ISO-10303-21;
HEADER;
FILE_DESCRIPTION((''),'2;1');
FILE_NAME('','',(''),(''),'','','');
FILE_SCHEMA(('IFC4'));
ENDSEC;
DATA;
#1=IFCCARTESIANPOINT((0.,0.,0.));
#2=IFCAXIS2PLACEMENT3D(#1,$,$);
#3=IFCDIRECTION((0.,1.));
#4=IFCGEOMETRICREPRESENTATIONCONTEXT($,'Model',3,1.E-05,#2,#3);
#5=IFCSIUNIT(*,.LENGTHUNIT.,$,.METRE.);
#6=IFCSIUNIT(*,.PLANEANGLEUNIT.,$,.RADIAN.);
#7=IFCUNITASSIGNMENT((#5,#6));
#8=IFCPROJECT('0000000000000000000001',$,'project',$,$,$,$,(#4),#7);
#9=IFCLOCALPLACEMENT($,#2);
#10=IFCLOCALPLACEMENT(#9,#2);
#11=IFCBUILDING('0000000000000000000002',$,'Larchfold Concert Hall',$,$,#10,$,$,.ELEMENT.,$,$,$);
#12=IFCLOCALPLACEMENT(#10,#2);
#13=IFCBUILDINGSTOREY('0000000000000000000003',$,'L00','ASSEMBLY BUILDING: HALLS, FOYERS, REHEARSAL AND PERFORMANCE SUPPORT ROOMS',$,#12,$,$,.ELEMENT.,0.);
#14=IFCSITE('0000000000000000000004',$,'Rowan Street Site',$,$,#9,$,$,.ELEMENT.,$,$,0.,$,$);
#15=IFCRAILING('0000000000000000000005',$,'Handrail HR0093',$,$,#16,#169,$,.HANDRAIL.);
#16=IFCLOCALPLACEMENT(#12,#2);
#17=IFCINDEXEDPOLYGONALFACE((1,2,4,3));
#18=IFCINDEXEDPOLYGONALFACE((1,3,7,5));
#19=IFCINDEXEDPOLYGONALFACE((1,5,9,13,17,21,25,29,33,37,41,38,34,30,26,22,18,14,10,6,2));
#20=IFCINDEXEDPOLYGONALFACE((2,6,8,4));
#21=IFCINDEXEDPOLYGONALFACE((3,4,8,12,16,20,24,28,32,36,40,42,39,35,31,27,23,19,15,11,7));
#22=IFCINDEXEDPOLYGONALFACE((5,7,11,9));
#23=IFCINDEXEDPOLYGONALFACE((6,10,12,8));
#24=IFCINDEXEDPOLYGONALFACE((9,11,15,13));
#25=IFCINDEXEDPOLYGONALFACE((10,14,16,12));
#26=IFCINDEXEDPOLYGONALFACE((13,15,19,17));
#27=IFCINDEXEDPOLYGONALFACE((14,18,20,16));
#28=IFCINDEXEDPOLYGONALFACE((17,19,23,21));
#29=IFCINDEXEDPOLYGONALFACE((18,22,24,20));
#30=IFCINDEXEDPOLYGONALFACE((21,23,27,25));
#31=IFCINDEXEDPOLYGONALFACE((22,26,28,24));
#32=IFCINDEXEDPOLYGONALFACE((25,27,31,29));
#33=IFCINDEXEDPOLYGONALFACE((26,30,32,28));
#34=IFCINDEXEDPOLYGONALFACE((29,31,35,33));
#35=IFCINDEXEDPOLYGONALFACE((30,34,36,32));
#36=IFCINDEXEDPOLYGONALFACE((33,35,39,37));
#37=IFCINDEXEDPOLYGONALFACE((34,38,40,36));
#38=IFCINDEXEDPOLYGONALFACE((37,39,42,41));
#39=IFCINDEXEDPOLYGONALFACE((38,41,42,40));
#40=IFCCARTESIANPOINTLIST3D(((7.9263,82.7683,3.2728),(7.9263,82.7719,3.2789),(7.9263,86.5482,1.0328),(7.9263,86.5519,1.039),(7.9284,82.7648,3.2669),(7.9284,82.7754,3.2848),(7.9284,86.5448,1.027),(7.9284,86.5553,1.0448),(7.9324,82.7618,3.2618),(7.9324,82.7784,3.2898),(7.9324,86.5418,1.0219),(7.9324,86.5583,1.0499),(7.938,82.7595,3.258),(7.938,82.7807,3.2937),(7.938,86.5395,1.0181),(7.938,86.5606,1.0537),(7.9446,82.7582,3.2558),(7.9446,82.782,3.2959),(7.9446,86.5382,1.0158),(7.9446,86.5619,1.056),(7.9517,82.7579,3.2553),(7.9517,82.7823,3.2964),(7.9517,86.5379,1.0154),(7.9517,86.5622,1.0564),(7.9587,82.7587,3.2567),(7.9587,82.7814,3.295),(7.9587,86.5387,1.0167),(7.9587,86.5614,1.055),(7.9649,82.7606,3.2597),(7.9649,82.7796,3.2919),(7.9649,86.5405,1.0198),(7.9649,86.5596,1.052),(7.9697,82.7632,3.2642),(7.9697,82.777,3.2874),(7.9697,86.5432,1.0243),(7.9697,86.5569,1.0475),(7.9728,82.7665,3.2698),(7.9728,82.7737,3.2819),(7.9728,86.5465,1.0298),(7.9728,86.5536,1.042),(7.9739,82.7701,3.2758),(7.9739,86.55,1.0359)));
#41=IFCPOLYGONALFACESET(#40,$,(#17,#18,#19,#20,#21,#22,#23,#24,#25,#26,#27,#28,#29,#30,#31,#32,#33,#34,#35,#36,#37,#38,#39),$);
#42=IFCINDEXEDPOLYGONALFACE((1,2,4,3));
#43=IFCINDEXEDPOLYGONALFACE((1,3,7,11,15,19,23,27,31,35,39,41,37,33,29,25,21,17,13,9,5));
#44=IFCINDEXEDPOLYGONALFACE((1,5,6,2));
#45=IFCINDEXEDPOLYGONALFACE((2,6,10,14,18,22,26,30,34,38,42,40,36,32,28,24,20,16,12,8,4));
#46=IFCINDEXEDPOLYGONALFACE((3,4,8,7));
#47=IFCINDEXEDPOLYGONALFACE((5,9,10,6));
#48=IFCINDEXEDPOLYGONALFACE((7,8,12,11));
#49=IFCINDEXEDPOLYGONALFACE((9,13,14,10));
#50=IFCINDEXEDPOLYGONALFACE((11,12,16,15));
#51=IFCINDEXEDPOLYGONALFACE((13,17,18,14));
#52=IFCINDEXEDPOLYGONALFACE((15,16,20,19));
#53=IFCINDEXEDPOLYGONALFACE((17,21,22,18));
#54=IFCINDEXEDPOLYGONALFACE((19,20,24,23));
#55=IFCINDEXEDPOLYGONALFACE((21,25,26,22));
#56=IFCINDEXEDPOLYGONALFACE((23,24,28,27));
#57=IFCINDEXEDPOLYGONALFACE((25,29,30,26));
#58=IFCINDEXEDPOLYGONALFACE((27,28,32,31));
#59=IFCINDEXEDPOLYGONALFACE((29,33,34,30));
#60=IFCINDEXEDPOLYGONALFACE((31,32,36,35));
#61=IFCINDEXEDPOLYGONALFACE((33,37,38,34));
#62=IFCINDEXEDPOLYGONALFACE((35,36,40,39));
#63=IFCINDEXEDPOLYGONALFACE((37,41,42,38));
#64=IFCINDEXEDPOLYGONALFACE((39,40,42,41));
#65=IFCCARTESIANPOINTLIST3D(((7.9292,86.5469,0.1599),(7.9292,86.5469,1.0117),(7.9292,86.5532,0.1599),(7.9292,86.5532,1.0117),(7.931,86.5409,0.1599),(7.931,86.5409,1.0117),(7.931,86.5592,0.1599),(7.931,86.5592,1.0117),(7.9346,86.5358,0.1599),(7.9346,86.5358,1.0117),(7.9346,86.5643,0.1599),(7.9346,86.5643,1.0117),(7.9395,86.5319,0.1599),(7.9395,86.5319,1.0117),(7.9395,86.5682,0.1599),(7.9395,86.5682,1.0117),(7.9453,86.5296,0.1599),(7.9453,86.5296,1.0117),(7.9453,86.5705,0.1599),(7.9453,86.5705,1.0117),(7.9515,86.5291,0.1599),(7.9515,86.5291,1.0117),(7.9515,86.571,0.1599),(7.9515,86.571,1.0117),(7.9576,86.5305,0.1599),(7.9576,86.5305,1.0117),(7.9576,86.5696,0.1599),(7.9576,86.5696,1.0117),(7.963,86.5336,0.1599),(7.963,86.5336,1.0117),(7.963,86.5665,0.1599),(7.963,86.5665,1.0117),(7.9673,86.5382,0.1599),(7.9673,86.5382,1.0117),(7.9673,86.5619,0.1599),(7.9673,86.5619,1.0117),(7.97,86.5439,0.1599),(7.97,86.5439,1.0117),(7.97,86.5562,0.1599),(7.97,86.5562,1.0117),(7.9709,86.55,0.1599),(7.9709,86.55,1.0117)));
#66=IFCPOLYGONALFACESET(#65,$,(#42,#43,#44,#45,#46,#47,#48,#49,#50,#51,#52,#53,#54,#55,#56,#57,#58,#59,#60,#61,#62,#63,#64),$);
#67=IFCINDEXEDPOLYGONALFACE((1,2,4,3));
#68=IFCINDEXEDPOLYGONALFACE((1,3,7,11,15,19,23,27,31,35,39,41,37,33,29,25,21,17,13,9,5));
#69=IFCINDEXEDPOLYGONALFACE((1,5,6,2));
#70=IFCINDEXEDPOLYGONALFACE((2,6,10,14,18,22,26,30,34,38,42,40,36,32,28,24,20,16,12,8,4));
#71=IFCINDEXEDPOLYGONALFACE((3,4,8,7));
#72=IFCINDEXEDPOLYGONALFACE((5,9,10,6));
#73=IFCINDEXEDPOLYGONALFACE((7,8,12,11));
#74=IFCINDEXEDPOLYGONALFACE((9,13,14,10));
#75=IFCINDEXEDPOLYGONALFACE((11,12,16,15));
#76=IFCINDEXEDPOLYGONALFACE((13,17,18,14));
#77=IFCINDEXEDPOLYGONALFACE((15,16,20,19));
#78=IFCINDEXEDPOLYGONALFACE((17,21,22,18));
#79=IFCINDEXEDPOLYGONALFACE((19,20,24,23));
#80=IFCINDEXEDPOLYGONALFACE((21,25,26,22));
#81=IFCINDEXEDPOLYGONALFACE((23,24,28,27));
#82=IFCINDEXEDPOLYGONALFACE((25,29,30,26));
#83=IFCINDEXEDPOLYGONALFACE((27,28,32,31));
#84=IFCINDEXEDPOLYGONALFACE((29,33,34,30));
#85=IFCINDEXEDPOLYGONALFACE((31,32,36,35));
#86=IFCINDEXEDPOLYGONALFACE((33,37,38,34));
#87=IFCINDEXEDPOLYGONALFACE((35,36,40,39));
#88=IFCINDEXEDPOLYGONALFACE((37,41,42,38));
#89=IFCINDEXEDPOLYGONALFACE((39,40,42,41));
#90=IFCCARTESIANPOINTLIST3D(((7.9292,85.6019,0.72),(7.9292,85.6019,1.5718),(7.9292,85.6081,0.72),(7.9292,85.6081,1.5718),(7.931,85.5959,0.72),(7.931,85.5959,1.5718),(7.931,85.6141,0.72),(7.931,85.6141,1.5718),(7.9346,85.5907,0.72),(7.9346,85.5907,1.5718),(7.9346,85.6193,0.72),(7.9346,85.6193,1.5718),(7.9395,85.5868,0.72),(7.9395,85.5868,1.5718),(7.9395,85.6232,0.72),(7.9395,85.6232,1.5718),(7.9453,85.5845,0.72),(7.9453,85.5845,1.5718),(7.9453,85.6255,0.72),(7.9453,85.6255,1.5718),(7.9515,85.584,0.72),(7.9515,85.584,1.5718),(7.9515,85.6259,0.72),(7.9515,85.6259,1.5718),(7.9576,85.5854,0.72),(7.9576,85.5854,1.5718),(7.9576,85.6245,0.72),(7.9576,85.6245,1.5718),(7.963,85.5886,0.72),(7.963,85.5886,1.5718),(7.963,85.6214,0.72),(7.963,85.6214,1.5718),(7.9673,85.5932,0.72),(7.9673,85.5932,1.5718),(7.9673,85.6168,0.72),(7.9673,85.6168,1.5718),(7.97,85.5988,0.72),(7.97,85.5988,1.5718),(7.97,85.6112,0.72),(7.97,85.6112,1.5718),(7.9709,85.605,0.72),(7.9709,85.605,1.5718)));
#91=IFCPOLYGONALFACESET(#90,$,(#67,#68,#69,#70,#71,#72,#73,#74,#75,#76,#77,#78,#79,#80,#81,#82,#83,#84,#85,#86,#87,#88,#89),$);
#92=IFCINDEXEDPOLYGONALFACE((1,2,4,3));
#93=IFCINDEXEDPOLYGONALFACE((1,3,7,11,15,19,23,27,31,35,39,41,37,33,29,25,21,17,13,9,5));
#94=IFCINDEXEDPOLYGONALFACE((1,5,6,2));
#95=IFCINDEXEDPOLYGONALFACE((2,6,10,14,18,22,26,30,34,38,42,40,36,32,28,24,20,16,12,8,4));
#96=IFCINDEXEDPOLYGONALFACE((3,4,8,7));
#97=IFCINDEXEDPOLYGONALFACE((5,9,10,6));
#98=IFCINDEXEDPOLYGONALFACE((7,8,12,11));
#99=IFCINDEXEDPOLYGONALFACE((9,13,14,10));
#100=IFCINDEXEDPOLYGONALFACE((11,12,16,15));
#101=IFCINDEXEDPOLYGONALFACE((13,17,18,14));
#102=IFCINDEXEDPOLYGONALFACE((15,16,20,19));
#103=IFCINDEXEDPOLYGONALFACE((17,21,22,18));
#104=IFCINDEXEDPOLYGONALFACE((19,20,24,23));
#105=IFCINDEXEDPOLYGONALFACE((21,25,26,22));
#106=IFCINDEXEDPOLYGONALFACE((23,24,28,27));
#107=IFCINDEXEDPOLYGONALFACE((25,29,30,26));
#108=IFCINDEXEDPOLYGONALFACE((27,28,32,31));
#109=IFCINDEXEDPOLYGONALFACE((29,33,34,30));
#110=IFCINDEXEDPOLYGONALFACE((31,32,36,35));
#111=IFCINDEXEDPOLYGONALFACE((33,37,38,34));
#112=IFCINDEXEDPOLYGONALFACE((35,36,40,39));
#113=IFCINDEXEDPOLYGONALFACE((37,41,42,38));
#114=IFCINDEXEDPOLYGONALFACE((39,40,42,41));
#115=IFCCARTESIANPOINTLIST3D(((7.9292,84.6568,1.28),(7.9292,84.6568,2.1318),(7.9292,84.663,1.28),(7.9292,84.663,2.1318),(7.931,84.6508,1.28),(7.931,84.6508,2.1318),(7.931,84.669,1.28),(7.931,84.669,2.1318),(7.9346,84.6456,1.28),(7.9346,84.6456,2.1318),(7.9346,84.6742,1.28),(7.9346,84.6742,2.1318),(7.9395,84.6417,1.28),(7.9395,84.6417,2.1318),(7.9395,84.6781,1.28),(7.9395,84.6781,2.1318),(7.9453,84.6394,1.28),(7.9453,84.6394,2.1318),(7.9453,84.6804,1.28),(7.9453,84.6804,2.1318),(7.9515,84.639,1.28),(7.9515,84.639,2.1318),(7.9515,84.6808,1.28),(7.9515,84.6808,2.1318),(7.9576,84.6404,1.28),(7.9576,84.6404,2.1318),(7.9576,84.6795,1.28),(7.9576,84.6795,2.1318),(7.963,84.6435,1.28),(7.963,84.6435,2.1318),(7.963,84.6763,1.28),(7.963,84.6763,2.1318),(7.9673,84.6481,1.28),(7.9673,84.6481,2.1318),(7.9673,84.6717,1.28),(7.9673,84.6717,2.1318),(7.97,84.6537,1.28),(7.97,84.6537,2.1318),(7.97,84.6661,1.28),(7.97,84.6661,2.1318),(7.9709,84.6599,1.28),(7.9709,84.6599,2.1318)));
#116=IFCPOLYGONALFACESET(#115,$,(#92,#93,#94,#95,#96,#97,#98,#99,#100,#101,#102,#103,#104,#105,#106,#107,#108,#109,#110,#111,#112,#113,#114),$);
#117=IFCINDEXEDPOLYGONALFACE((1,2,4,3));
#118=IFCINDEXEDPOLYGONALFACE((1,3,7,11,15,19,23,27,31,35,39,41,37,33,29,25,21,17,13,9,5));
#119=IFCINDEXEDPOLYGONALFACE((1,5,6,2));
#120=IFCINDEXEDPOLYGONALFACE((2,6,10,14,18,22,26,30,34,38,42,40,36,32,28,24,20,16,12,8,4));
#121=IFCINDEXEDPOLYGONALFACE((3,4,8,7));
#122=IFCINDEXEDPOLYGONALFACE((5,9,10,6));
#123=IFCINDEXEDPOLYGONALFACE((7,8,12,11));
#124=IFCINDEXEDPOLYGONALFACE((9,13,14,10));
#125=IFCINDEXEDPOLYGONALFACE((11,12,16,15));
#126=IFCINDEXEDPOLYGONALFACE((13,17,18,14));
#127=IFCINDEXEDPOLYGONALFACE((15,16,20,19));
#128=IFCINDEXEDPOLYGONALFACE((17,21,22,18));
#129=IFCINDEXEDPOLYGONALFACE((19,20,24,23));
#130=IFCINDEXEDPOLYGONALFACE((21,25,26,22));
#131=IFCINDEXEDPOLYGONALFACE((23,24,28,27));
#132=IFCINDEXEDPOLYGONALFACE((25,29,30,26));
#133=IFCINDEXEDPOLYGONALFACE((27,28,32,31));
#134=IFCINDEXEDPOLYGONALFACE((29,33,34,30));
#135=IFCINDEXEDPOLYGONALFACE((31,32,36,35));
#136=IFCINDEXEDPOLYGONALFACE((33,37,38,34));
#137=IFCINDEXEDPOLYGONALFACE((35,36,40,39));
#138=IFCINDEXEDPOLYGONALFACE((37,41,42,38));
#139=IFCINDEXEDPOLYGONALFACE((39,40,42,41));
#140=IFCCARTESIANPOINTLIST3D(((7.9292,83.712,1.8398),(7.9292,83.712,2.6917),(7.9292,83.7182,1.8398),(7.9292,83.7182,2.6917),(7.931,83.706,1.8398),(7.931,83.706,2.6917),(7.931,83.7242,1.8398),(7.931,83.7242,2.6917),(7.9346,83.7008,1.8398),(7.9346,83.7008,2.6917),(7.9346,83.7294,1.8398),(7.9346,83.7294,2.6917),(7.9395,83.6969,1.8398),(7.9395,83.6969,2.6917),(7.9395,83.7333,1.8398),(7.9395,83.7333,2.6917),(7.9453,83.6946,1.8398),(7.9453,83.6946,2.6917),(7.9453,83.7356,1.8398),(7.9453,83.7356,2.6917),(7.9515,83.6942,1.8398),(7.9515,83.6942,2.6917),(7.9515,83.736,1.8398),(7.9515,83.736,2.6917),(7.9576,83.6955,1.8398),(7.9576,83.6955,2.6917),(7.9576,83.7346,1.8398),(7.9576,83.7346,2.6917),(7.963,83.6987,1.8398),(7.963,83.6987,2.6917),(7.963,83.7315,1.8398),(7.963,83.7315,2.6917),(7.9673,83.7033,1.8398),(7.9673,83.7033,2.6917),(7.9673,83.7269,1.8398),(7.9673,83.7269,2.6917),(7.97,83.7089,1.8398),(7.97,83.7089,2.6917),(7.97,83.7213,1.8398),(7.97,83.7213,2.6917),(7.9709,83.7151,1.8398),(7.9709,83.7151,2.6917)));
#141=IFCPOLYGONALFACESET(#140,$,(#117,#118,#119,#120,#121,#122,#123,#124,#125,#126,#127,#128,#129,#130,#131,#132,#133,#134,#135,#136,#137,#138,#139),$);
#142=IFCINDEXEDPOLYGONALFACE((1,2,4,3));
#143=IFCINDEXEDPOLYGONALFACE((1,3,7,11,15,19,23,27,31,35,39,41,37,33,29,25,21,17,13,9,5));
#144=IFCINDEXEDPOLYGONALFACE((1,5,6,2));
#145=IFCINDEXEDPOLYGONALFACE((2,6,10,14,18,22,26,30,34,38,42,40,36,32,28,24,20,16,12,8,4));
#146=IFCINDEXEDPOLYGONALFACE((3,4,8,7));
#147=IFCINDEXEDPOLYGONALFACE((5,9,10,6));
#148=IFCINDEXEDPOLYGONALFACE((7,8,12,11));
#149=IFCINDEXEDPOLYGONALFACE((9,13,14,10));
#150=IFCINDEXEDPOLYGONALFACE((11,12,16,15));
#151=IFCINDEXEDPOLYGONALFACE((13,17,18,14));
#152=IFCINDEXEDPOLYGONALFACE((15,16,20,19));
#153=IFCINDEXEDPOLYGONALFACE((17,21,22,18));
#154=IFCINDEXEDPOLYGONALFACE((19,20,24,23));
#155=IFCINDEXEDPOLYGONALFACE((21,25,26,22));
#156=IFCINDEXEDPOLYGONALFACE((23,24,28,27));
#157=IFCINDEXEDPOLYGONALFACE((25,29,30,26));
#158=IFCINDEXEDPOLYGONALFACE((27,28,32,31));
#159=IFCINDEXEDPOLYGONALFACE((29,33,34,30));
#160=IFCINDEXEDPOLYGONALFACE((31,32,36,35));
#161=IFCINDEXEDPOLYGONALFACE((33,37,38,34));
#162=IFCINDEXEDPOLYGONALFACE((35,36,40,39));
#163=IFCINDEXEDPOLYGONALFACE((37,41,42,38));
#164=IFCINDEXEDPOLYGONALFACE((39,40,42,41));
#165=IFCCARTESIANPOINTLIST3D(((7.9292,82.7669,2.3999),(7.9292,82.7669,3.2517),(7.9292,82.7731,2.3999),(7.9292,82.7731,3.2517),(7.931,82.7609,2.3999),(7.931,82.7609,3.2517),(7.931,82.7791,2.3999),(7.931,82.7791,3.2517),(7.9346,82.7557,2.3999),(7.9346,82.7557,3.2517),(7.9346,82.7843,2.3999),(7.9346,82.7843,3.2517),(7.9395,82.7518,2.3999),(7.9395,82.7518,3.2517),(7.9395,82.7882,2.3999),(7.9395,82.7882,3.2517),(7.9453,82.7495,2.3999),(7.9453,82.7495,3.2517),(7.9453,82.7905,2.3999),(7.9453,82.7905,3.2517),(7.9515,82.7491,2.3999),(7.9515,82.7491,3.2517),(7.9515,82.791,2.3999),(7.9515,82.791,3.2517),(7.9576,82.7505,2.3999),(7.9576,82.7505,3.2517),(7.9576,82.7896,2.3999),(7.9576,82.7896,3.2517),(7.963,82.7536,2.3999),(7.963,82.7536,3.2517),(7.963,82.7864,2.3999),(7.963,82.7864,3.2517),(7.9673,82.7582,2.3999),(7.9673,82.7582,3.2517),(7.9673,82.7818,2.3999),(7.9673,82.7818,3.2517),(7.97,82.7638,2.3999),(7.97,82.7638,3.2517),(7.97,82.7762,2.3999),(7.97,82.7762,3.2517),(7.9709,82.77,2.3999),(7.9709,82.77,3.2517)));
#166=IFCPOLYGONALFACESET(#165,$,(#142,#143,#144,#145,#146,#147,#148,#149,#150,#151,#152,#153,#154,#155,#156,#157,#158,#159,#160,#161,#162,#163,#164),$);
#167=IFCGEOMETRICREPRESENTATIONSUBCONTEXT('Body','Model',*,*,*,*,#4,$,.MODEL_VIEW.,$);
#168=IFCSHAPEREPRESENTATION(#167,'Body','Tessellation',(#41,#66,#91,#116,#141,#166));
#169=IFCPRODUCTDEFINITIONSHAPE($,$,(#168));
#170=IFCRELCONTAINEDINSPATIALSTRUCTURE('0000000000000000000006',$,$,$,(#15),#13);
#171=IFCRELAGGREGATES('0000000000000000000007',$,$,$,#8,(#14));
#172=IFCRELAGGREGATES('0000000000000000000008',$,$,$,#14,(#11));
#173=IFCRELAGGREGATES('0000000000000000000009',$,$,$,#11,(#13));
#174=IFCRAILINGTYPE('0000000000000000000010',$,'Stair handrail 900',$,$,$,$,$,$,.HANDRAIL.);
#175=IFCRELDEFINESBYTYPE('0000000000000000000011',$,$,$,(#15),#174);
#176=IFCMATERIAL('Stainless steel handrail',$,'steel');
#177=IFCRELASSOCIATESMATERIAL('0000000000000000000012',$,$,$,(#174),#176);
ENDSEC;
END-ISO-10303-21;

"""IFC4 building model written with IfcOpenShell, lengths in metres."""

from ifc_helpers import new_model, si_unit, direction, frame, origin, origin_2d, place, context, subcontext, project, spatial, circle, extrude, material, type_object, element, save


model = new_model("IFC4")

# Units and contexts
model_context = context("Model", 3, precision=1e-05, world=origin(), true_north=direction((0.0, 1.0)))
body_context = subcontext(model_context, "Body", "Model", "MODEL_VIEW")
ifc_project = project(units=[si_unit("LENGTHUNIT", "METRE"), si_unit("PLANEANGLEUNIT", "RADIAN")], contexts=[model_context])

# Site, building, storey
site_placement = place(None, origin())
site = spatial("IfcSite", under=ifc_project, at=site_placement, Name="Rowan Street Site", CompositionType="ELEMENT", RefElevation=0.0)
building_placement = place(site_placement, origin())
building = spatial("IfcBuilding", under=site, at=building_placement, Name="Larchfold Concert Hall", CompositionType="ELEMENT")
storey_placement = place(building_placement, origin())
storey = spatial("IfcBuildingStorey", under=building, at=storey_placement, Name="L00", Description="ASSEMBLY BUILDING: HALLS, FOYERS, REHEARSAL AND PERFORMANCE SUPPORT ROOMS", CompositionType="ELEMENT", Elevation=0.0)

# Railing
ifc_material_1 = material(Name="Stainless steel handrail", Category="steel")
railing_type_1 = type_object("IfcRailingType", Name="Stair handrail 900", PredefinedType="HANDRAIL", material=ifc_material_1)
for number, where, name in (
    (1, (7.95, 86.55, 0.1599), "Handrail HR0093"),
):
    element("IfcRailing", number, at=place(storey_placement, frame(where)), inside=storey, type_object=railing_type_1, Name=name, PredefinedType="HANDRAIL", context=body_context, shape_type="SweptSolid", body=[
        extrude(circle(Radius=0.0239, at=origin_2d()), frame((0.0, 0.0, 0.876), z_axis=(0.0, -0.860294, 0.509798), x_axis=(1.0, 0.0, 0.0)), (0.0, 0.0, 1.0), 4.3938),
        extrude(circle(Radius=0.021, at=origin_2d()), origin(), (0.0, 0.0, 1.0), 0.8518),
        extrude(circle(Radius=0.021, at=origin_2d()), frame((0.0, -0.9451, 0.5601)), (0.0, 0.0, 1.0), 0.8518),
        extrude(circle(Radius=0.021, at=origin_2d()), frame((0.0, -1.8901, 1.1201)), (0.0, 0.0, 1.0), 0.8518),
        extrude(circle(Radius=0.021, at=origin_2d()), frame((0.0, -2.835, 1.6799)), (0.0, 0.0, 1.0), 0.8518),
        extrude(circle(Radius=0.021, at=origin_2d()), frame((0.0, -3.78, 2.24)), (0.0, 0.0, 1.0), 0.8518),
    ])

save(model, "model.ifc")
